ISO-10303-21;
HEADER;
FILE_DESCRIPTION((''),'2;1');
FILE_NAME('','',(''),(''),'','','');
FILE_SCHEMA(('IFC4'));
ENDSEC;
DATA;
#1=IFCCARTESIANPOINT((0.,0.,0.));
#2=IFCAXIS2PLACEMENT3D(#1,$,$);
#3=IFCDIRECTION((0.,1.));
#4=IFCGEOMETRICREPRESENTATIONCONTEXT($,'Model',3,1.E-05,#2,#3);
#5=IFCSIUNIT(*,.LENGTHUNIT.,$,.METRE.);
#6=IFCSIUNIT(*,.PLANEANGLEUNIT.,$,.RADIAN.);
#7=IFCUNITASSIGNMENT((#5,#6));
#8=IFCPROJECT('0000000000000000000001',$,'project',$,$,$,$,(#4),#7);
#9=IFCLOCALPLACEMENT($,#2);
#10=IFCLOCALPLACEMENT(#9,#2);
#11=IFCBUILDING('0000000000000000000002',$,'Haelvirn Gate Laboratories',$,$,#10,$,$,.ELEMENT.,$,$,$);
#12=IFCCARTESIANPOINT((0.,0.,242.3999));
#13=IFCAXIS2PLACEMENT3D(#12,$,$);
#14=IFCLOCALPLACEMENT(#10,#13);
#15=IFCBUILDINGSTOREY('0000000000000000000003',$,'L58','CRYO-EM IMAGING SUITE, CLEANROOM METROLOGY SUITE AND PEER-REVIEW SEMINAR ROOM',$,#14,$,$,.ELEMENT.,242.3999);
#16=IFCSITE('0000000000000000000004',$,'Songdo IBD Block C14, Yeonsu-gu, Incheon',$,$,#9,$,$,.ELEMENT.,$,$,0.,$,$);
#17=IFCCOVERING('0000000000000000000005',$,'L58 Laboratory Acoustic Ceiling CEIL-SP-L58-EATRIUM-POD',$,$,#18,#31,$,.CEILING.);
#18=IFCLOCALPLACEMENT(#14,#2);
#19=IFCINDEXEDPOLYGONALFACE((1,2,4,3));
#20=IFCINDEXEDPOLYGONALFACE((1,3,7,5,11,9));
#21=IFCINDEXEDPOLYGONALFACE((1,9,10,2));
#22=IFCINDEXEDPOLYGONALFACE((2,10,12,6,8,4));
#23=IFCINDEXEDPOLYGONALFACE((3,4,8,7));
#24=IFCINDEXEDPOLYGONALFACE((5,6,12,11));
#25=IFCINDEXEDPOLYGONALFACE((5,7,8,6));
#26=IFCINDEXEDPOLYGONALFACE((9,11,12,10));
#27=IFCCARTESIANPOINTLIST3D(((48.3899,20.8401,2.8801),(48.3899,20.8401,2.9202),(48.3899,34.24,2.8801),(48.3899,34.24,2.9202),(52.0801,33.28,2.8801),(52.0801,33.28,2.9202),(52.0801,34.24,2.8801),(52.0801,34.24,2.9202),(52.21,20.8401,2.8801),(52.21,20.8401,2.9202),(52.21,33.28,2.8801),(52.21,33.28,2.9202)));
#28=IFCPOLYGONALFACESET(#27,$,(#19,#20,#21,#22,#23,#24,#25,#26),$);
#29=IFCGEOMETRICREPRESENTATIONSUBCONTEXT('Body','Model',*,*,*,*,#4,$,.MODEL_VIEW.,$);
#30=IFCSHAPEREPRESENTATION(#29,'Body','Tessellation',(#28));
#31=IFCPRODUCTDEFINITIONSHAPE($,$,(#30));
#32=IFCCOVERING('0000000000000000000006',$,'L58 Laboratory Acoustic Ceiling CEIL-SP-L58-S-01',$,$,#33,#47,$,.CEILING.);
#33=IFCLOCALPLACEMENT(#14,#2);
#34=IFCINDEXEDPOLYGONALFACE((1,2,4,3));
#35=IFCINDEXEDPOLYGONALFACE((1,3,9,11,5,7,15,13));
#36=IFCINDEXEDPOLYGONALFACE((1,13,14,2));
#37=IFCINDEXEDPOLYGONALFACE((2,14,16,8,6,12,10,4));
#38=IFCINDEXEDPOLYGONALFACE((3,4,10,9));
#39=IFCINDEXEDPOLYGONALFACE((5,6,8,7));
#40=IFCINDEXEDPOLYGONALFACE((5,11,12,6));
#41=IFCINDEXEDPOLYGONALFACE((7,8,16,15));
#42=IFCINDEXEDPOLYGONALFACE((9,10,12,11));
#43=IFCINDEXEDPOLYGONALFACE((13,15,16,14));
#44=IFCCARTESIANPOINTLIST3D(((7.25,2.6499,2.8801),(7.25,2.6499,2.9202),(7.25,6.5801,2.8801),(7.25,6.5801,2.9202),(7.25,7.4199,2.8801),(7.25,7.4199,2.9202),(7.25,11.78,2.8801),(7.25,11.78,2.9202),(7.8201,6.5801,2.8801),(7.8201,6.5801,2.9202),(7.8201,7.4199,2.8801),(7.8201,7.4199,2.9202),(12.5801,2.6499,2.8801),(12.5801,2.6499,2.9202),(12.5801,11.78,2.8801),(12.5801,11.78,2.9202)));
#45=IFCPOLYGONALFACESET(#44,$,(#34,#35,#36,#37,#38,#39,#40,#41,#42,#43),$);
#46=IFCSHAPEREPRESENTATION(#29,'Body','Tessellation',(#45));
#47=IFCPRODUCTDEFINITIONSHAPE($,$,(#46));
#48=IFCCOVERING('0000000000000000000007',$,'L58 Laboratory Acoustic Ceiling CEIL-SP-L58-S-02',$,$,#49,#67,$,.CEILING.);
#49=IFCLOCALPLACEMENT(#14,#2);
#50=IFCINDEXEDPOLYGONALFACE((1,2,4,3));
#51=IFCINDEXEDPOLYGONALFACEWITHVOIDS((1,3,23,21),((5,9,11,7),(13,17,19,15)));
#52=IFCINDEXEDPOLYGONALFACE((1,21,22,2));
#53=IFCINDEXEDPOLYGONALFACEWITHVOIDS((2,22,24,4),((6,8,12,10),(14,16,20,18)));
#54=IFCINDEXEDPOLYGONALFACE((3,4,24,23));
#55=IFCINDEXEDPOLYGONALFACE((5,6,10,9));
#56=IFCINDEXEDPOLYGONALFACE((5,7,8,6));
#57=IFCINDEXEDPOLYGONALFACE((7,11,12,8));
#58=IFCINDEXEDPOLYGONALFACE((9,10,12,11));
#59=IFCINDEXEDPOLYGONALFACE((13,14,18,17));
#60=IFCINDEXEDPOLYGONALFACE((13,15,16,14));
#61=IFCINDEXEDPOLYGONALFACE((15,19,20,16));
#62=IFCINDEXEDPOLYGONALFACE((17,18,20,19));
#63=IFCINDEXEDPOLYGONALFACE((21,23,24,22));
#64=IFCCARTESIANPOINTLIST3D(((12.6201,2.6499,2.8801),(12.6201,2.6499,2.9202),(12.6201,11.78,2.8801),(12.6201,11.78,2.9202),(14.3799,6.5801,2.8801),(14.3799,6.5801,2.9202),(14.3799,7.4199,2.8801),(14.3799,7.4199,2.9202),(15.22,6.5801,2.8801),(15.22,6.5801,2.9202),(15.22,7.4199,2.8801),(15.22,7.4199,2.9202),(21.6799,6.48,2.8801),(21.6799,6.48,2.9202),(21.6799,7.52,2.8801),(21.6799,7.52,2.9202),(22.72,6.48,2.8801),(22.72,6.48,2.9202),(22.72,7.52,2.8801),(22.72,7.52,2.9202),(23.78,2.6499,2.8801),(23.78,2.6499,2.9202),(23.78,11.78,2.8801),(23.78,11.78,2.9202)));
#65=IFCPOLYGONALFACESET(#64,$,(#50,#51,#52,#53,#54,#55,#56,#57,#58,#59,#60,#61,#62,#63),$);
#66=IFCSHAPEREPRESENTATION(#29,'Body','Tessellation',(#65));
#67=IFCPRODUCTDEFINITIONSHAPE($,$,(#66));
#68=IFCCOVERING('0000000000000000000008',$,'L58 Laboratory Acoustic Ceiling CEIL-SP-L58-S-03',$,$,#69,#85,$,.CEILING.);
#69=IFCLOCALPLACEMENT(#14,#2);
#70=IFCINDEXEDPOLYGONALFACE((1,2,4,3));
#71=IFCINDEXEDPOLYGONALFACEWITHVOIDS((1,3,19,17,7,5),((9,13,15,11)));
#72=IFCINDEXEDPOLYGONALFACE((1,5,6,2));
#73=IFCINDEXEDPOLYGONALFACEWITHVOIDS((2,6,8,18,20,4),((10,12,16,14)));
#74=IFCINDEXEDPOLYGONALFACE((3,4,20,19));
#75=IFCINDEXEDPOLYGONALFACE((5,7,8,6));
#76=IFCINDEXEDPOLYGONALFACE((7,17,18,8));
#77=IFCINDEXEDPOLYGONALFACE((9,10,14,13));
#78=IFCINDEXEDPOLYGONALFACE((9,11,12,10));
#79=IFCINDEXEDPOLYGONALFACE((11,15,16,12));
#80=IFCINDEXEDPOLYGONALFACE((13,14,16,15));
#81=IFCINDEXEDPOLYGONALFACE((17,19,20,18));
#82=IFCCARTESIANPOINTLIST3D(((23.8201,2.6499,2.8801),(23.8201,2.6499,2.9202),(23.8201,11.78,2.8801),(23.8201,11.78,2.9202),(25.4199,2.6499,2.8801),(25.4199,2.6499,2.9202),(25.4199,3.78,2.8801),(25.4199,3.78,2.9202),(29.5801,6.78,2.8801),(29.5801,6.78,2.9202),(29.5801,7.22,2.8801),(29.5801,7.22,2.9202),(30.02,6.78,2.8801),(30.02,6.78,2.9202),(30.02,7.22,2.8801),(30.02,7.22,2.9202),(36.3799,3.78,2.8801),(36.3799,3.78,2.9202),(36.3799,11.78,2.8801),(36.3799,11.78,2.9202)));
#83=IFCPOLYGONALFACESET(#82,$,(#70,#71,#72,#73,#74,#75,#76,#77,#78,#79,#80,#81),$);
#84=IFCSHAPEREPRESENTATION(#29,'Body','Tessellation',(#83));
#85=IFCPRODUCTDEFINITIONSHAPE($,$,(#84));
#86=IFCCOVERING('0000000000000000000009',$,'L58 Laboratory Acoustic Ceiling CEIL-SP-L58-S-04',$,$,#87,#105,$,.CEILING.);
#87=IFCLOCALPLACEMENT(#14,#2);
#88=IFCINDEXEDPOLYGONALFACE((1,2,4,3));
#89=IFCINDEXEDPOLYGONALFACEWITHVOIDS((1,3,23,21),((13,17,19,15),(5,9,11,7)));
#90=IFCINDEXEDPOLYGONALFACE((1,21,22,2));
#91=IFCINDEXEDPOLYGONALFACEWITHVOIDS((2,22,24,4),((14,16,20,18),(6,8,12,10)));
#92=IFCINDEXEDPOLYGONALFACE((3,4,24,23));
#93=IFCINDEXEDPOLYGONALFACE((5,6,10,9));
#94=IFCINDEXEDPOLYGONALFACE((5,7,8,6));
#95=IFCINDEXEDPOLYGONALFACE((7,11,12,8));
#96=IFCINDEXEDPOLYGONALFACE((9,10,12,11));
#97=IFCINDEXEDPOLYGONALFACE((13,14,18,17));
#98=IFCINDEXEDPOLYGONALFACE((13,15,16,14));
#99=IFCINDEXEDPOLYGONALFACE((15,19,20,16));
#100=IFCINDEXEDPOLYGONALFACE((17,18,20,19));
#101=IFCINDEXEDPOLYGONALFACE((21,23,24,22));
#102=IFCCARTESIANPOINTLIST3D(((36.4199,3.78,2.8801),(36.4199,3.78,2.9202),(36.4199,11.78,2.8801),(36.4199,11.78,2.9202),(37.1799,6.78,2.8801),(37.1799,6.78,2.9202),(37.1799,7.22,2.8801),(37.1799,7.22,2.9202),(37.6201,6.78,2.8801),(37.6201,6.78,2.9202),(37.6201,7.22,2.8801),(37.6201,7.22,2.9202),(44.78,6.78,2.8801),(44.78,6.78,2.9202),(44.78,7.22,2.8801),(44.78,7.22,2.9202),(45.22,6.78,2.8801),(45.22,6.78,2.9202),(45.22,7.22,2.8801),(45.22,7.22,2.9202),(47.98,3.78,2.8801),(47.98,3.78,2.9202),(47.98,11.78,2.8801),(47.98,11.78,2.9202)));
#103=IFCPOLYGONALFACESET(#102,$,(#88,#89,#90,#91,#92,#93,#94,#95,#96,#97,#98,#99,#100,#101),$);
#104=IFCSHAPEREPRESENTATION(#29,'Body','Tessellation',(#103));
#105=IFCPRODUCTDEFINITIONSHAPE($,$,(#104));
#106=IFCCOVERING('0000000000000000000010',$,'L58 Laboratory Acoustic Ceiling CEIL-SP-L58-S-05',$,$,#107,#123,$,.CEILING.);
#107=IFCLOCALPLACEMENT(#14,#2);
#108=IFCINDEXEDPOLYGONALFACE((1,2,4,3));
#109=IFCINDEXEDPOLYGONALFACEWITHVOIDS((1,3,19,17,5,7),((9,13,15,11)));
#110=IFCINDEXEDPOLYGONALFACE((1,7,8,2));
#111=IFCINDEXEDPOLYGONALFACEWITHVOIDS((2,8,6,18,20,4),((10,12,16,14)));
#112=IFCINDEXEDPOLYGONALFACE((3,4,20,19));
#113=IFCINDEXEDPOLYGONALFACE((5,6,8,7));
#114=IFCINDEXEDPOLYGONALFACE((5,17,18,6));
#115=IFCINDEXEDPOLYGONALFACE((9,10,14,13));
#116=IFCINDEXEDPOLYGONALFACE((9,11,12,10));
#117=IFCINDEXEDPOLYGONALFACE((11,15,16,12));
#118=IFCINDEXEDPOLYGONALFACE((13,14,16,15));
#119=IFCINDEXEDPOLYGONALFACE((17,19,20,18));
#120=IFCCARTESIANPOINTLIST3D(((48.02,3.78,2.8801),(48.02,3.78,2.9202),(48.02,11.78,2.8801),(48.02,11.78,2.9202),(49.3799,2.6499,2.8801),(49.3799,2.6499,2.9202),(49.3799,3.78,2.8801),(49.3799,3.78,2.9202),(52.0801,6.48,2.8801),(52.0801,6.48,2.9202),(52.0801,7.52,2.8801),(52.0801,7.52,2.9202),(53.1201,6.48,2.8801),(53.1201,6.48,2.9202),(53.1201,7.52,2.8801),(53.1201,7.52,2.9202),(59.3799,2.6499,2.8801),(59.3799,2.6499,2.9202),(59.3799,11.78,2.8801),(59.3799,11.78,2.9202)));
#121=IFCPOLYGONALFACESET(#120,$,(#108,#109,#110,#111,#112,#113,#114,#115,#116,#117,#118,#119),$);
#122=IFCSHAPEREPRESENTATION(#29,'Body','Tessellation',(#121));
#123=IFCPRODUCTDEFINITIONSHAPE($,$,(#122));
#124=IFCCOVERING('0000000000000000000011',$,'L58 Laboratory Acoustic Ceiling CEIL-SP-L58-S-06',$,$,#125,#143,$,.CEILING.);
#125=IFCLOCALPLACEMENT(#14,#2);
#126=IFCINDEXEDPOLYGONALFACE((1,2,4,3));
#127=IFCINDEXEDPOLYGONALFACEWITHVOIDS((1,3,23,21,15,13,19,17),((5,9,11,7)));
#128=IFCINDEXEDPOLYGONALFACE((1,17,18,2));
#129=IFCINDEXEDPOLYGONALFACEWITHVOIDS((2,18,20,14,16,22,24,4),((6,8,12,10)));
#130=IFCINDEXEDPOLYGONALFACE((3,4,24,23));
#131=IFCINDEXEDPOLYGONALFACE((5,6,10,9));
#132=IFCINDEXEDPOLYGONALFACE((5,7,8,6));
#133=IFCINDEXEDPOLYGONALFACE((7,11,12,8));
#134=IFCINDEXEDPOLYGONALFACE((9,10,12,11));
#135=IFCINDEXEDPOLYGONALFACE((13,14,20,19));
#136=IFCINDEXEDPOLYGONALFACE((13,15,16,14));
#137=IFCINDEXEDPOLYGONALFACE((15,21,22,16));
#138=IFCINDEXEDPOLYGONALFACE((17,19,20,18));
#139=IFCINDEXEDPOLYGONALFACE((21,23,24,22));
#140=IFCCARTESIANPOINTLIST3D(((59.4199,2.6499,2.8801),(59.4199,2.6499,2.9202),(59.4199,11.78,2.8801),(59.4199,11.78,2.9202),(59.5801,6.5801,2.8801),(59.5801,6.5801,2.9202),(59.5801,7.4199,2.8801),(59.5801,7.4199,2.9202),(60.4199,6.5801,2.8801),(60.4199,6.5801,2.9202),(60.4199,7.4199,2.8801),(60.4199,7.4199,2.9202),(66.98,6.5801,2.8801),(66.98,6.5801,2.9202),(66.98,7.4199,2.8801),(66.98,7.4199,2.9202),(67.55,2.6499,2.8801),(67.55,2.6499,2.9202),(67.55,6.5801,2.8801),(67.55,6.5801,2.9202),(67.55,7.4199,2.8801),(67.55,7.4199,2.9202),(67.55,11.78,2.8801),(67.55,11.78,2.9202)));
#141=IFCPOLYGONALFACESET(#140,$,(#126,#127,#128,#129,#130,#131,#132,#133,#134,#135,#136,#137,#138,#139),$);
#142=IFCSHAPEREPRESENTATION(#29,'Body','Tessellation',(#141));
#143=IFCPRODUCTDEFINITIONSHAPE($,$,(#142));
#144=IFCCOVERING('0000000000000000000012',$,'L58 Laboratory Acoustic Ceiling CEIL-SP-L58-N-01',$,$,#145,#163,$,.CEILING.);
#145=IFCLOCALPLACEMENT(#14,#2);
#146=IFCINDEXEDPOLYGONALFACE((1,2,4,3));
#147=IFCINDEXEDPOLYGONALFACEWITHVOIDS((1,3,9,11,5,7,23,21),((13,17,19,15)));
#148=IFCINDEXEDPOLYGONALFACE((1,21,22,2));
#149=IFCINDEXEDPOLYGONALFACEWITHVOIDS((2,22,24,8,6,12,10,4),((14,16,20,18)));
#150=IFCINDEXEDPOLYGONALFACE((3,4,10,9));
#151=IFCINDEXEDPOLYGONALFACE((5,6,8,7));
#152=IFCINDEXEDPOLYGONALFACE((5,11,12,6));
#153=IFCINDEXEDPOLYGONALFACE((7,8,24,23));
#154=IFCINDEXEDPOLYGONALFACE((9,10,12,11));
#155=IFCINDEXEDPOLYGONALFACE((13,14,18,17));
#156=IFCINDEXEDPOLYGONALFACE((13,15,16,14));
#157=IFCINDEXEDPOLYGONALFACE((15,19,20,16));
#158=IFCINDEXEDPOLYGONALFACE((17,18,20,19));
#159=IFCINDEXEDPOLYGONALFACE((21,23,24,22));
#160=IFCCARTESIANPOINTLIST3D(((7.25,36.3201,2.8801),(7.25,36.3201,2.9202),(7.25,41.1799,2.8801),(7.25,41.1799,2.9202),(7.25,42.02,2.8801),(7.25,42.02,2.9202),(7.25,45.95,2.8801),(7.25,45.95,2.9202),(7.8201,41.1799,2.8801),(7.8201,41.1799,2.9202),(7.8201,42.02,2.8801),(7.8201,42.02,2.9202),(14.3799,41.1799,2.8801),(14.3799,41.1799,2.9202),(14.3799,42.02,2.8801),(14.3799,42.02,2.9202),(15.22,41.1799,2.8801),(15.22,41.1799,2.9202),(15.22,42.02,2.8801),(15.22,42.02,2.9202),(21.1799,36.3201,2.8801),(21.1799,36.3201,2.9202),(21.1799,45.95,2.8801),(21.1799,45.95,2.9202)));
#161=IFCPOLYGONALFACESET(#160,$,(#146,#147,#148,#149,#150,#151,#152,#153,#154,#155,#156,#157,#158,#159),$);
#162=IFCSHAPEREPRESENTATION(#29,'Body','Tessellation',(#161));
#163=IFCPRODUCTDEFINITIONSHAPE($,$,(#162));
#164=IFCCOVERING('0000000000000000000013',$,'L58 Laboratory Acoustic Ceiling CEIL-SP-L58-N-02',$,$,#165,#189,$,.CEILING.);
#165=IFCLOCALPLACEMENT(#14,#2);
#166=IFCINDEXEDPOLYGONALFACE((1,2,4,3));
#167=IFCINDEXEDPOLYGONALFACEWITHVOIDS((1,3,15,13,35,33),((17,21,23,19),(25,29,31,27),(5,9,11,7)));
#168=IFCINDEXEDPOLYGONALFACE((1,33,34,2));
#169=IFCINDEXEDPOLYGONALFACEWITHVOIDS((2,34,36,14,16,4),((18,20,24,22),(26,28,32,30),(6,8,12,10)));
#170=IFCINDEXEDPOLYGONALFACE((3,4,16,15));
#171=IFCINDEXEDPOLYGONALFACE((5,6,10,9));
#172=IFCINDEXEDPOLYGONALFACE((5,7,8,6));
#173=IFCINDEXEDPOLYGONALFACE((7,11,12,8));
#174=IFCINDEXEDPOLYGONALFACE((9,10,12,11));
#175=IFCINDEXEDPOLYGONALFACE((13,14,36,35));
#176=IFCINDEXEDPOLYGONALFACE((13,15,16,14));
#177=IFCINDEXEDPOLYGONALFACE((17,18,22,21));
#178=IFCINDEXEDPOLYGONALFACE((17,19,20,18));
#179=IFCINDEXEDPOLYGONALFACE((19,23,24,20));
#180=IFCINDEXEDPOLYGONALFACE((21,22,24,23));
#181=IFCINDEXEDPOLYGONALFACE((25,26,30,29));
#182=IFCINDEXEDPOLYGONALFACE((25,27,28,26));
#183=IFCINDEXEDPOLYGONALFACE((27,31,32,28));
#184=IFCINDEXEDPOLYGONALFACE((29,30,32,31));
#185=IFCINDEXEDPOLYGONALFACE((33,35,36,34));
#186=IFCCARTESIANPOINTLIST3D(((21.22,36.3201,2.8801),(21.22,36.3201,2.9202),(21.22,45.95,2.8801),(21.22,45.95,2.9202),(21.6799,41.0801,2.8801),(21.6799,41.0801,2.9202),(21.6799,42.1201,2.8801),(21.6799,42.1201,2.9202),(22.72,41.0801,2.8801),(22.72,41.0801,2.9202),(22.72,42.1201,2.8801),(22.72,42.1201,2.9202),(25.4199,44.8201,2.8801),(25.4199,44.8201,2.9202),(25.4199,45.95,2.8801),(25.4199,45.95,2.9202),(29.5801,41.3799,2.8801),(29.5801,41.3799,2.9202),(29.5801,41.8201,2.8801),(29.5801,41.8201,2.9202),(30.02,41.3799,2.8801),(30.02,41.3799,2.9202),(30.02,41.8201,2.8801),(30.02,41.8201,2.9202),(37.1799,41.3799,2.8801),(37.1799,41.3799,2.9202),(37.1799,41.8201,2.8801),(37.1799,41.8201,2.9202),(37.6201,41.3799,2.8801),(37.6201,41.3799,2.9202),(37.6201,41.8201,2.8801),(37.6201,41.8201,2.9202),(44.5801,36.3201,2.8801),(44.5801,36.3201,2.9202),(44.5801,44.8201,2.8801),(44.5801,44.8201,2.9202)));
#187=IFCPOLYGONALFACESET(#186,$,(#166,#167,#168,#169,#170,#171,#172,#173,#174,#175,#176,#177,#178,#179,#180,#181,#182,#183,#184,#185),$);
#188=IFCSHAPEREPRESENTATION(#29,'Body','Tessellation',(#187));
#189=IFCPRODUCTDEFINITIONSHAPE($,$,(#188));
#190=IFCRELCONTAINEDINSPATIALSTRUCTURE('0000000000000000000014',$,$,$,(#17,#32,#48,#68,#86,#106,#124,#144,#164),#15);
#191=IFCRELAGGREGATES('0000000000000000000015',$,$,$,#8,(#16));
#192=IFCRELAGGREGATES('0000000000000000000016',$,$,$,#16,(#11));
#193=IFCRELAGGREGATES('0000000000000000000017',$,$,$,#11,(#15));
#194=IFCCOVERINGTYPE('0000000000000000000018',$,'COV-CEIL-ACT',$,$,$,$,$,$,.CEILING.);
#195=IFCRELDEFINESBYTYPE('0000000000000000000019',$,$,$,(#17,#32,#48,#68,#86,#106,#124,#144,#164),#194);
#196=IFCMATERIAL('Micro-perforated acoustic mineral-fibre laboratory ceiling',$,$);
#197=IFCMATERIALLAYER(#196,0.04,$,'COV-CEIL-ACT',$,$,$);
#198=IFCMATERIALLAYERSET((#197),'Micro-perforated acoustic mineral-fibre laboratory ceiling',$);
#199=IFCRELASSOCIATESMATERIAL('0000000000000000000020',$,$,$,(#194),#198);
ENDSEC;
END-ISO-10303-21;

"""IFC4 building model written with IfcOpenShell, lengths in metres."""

from ifc_helpers import new_model, si_unit, direction, frame, origin, place, context, subcontext, project, spatial, polyline, outline, extrude, material, layer, layer_set, type_object, element, save


model = new_model("IFC4")

# Units and contexts
model_context = context("Model", 3, precision=1e-05, world=origin(), true_north=direction((0.0, 1.0)))
body_context = subcontext(model_context, "Body", "Model", "MODEL_VIEW")
ifc_project = project(units=[si_unit("LENGTHUNIT", "METRE"), si_unit("PLANEANGLEUNIT", "RADIAN")], contexts=[model_context])

# Site, building, storey
site_placement = place(None, origin())
site = spatial("IfcSite", under=ifc_project, at=site_placement, Name="Songdo IBD Block C14, Yeonsu-gu, Incheon", CompositionType="ELEMENT", RefElevation=0.0)
building_placement = place(site_placement, origin())
building = spatial("IfcBuilding", under=site, at=building_placement, Name="Haelvirn Gate Laboratories", CompositionType="ELEMENT")
storey_placement = place(building_placement, frame((0.0, 0.0, 242.3999)))
storey = spatial("IfcBuildingStorey", under=building, at=storey_placement, Name="L58", Description="CRYO-EM IMAGING SUITE, CLEANROOM METROLOGY SUITE AND PEER-REVIEW SEMINAR ROOM", CompositionType="ELEMENT", Elevation=242.3999)

# Coverings
ifc_material_1 = material(Name="Micro-perforated acoustic mineral-fibre laboratory ceiling")
ifc_layer_1 = layer(ifc_material_1, 0.04, Name="COV-CEIL-ACT")
ifc_layer_set_1 = layer_set([ifc_layer_1], Name="Micro-perforated acoustic mineral-fibre laboratory ceiling")
covering_type = type_object("IfcCoveringType", Name="COV-CEIL-ACT", PredefinedType="CEILING", material=ifc_layer_set_1)
covering_1_placement = place(storey_placement, frame((0.0, 0.0, 2.8801)))
element("IfcCovering", 1, at=covering_1_placement, inside=storey, type_object=covering_type, Name="L58 Laboratory Acoustic Ceiling CEIL-SP-L58-EATRIUM-POD", PredefinedType="CEILING", context=body_context, shape_type="SweptSolid", body=[
    extrude(outline(polyline([(52.21, 20.8401), (48.3899, 20.8401), (48.3899, 34.24), (52.0801, 34.24), (52.0801, 33.28), (52.21, 33.28), (52.21, 20.8401)])), origin(), (0.0, 0.0, 1.0), 0.04),
])
covering_2_placement = place(storey_placement, frame((0.0, 0.0, 2.8801)))
element("IfcCovering", 2, at=covering_2_placement, inside=storey, type_object=covering_type, Name="L58 Laboratory Acoustic Ceiling CEIL-SP-L58-S-01", PredefinedType="CEILING", context=body_context, shape_type="SweptSolid", body=[
    extrude(outline(polyline([(7.25, 11.78), (12.5801, 11.78), (12.5801, 2.6499), (7.25, 2.6499), (7.25, 6.5801), (7.8201, 6.5801), (7.8201, 7.4199), (7.25, 7.4199), (7.25, 11.78)])), origin(), (0.0, 0.0, 1.0), 0.04),
])
covering_3_placement = place(storey_placement, frame((0.0, 0.0, 2.8801)))
element("IfcCovering", 3, at=covering_3_placement, inside=storey, type_object=covering_type, Name="L58 Laboratory Acoustic Ceiling CEIL-SP-L58-S-02", PredefinedType="CEILING", context=body_context, shape_type="SweptSolid", body=[
    extrude(outline(polyline([(12.6201, 11.78), (23.78, 11.78), (23.78, 2.6499), (12.6201, 2.6499), (12.6201, 11.78)]), holes=[polyline([(14.3799, 7.4199), (14.3799, 6.5801), (15.22, 6.5801), (15.22, 7.4199), (14.3799, 7.4199)]), polyline([(22.72, 7.52), (21.6799, 7.52), (21.6799, 6.48), (22.72, 6.48), (22.72, 7.52)])]), origin(), (0.0, 0.0, 1.0), 0.04),
])
covering_4_placement = place(storey_placement, frame((0.0, 0.0, 2.8801)))
element("IfcCovering", 4, at=covering_4_placement, inside=storey, type_object=covering_type, Name="L58 Laboratory Acoustic Ceiling CEIL-SP-L58-S-03", PredefinedType="CEILING", context=body_context, shape_type="SweptSolid", body=[
    extrude(outline(polyline([(25.4199, 2.6499), (23.8201, 2.6499), (23.8201, 11.78), (36.3799, 11.78), (36.3799, 3.78), (25.4199, 3.78), (25.4199, 2.6499)]), holes=[polyline([(30.02, 7.22), (29.5801, 7.22), (29.5801, 6.78), (30.02, 6.78), (30.02, 7.22)])]), origin(), (0.0, 0.0, 1.0), 0.04),
])
covering_5_placement = place(storey_placement, frame((0.0, 0.0, 2.8801)))
element("IfcCovering", 5, at=covering_5_placement, inside=storey, type_object=covering_type, Name="L58 Laboratory Acoustic Ceiling CEIL-SP-L58-S-04", PredefinedType="CEILING", context=body_context, shape_type="SweptSolid", body=[
    extrude(outline(polyline([(47.98, 11.78), (47.98, 3.78), (36.4199, 3.78), (36.4199, 11.78), (47.98, 11.78)]), holes=[polyline([(37.1799, 7.22), (37.1799, 6.78), (37.6201, 6.78), (37.6201, 7.22), (37.1799, 7.22)]), polyline([(45.22, 7.22), (44.78, 7.22), (44.78, 6.78), (45.22, 6.78), (45.22, 7.22)])]), origin(), (0.0, 0.0, 1.0), 0.04),
])
covering_6_placement = place(storey_placement, frame((0.0, 0.0, 2.8801)))
element("IfcCovering", 6, at=covering_6_placement, inside=storey, type_object=covering_type, Name="L58 Laboratory Acoustic Ceiling CEIL-SP-L58-S-05", PredefinedType="CEILING", context=body_context, shape_type="SweptSolid", body=[
    extrude(outline(polyline([(48.02, 3.78), (48.02, 11.78), (59.3799, 11.78), (59.3799, 2.6499), (49.3799, 2.6499), (49.3799, 3.78), (48.02, 3.78)]), holes=[polyline([(53.1201, 7.52), (52.0801, 7.52), (52.0801, 6.48), (53.1201, 6.48), (53.1201, 7.52)])]), origin(), (0.0, 0.0, 1.0), 0.04),
])
covering_7_placement = place(storey_placement, frame((0.0, 0.0, 2.8801)))
element("IfcCovering", 7, at=covering_7_placement, inside=storey, type_object=covering_type, Name="L58 Laboratory Acoustic Ceiling CEIL-SP-L58-S-06", PredefinedType="CEILING", context=body_context, shape_type="SweptSolid", body=[
    extrude(outline(polyline([(67.55, 2.6499), (59.4199, 2.6499), (59.4199, 11.78), (67.55, 11.78), (67.55, 7.4199), (66.98, 7.4199), (66.98, 6.5801), (67.55, 6.5801), (67.55, 2.6499)]), holes=[polyline([(59.5801, 7.4199), (59.5801, 6.5801), (60.4199, 6.5801), (60.4199, 7.4199), (59.5801, 7.4199)])]), origin(), (0.0, 0.0, 1.0), 0.04),
])
covering_8_placement = place(storey_placement, frame((0.0, 0.0, 2.8801)))
element("IfcCovering", 8, at=covering_8_placement, inside=storey, type_object=covering_type, Name="L58 Laboratory Acoustic Ceiling CEIL-SP-L58-N-01", PredefinedType="CEILING", context=body_context, shape_type="SweptSolid", body=[
    extrude(outline(polyline([(7.25, 41.1799), (7.8201, 41.1799), (7.8201, 42.02), (7.25, 42.02), (7.25, 45.95), (21.1799, 45.95), (21.1799, 36.3201), (7.25, 36.3201), (7.25, 41.1799)]), holes=[polyline([(14.3799, 42.02), (14.3799, 41.1799), (15.22, 41.1799), (15.22, 42.02), (14.3799, 42.02)])]), origin(), (0.0, 0.0, 1.0), 0.04),
])
covering_9_placement = place(storey_placement, frame((0.0, 0.0, 2.8801)))
element("IfcCovering", 9, at=covering_9_placement, inside=storey, type_object=covering_type, Name="L58 Laboratory Acoustic Ceiling CEIL-SP-L58-N-02", PredefinedType="CEILING", context=body_context, shape_type="SweptSolid", body=[
    extrude(outline(polyline([(21.22, 36.3201), (21.22, 45.95), (25.4199, 45.95), (25.4199, 44.8201), (44.5801, 44.8201), (44.5801, 36.3201), (21.22, 36.3201)]), holes=[polyline([(21.6799, 41.0801), (22.72, 41.0801), (22.72, 42.1201), (21.6799, 42.1201), (21.6799, 41.0801)]), polyline([(29.5801, 41.8201), (29.5801, 41.3799), (30.02, 41.3799), (30.02, 41.8201), (29.5801, 41.8201)]), polyline([(37.6201, 41.8201), (37.1799, 41.8201), (37.1799, 41.3799), (37.6201, 41.3799), (37.6201, 41.8201)])]), origin(), (0.0, 0.0, 1.0), 0.04),
])

save(model, "model.ifc")
